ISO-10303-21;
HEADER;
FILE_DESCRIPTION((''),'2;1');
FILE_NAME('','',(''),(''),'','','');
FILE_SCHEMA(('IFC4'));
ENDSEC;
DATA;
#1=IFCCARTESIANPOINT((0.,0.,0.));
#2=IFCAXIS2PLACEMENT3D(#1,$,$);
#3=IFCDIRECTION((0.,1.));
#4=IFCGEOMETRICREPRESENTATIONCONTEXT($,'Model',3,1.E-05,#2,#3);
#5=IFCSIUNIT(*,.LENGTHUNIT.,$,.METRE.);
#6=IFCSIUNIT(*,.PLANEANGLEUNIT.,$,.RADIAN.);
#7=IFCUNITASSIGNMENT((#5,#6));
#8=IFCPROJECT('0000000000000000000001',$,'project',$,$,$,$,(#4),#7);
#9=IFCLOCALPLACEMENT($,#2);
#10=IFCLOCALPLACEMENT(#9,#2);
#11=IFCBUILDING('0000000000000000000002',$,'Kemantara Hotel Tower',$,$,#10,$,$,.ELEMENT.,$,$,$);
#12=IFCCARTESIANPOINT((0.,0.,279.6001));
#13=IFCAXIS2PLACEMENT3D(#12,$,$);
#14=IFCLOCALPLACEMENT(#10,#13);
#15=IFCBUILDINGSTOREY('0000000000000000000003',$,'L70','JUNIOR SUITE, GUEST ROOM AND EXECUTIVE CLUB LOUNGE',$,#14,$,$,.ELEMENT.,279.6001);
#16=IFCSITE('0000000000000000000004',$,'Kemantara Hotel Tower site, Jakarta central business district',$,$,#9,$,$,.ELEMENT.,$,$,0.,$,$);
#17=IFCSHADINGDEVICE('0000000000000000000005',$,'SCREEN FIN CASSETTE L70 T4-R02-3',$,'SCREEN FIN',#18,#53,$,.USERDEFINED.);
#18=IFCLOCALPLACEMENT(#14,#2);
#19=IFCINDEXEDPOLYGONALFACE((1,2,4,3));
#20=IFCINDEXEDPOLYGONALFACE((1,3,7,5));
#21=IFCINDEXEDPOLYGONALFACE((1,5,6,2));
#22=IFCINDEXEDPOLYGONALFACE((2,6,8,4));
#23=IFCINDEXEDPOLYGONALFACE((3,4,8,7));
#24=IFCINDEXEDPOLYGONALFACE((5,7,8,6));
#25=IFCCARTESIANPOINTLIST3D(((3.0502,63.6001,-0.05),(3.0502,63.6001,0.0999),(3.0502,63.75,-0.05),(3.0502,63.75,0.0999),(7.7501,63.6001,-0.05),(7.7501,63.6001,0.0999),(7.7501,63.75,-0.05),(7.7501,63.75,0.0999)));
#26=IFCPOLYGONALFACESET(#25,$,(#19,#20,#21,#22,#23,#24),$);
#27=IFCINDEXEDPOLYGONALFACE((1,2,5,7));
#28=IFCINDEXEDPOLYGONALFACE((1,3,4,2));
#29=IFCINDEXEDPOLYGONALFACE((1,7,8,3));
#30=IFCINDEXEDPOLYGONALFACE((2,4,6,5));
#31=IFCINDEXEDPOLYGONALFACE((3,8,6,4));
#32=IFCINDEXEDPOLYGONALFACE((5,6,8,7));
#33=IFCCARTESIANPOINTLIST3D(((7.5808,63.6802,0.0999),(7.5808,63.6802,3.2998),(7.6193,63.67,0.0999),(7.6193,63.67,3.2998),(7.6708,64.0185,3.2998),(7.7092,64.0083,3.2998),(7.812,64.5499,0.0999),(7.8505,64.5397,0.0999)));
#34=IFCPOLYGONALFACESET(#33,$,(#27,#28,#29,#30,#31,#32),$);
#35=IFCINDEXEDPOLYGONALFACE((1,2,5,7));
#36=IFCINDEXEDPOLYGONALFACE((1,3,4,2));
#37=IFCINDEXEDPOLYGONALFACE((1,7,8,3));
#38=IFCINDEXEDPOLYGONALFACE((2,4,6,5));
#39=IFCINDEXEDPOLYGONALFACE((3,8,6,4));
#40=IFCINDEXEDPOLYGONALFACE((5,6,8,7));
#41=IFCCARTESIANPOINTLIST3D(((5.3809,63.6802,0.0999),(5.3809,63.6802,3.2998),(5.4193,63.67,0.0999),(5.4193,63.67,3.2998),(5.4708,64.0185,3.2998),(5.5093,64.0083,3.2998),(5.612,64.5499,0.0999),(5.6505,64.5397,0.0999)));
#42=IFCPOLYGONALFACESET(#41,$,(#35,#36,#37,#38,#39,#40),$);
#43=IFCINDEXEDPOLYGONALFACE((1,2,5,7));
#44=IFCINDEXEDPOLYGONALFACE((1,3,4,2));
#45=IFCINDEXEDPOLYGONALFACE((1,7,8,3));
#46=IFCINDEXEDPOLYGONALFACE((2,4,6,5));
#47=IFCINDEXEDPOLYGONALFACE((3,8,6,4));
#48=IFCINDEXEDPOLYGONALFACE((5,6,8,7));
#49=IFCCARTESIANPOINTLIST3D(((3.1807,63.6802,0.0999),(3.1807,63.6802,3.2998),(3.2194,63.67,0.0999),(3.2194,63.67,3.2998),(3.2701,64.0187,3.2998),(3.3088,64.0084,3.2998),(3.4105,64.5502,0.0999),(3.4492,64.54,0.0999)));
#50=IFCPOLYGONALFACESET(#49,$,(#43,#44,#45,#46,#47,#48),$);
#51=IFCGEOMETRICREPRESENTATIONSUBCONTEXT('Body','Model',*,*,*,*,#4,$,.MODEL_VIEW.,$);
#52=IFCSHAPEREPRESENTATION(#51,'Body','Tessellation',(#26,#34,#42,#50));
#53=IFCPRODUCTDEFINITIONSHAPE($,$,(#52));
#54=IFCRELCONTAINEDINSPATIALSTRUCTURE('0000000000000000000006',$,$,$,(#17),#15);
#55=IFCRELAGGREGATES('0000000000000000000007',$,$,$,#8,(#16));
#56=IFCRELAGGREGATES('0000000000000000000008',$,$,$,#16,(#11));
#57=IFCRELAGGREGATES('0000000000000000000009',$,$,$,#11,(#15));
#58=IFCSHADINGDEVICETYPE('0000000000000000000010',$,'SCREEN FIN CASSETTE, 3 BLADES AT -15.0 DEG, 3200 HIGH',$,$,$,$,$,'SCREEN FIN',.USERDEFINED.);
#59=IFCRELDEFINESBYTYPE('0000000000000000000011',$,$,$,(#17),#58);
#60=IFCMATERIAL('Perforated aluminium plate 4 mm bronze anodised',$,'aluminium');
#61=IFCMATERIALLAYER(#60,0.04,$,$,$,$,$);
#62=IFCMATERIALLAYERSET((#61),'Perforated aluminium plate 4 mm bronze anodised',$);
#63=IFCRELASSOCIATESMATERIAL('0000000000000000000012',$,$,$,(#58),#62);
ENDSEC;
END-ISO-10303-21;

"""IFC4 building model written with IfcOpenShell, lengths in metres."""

from ifc_helpers import new_model, si_unit, direction, frame, origin, origin_2d, place, context, subcontext, project, spatial, polyline, rectangle, outline, extrude, source, transform, mapped, material, layer, layer_set, type_object, element, save


model = new_model("IFC4")

# Units and contexts
model_context = context("Model", 3, precision=1e-05, world=origin(), true_north=direction((0.0, 1.0)))
body_context = subcontext(model_context, "Body", "Model", "MODEL_VIEW")
ifc_project = project(units=[si_unit("LENGTHUNIT", "METRE"), si_unit("PLANEANGLEUNIT", "RADIAN")], contexts=[model_context])

# Site, building, storey
site_placement = place(None, origin())
site = spatial("IfcSite", under=ifc_project, at=site_placement, Name="Kemantara Hotel Tower site, Jakarta central business district", CompositionType="ELEMENT", RefElevation=0.0)
building_placement = place(site_placement, origin())
building = spatial("IfcBuilding", under=site, at=building_placement, Name="Kemantara Hotel Tower", CompositionType="ELEMENT")
storey_placement = place(building_placement, frame((0.0, 0.0, 279.6001)))
storey = spatial("IfcBuildingStorey", under=building, at=storey_placement, Name="L70", Description="JUNIOR SUITE, GUEST ROOM AND EXECUTIVE CLUB LOUNGE", CompositionType="ELEMENT", Elevation=279.6001)

# Shading device
ifc_material_1 = material(Name="Perforated aluminium plate 4 mm bronze anodised", Category="aluminium")
ifc_layer_1 = layer(ifc_material_1, 0.04)
ifc_layer_set_1 = layer_set([ifc_layer_1], Name="Perforated aluminium plate 4 mm bronze anodised")
shading_device_type = type_object("IfcShadingDeviceType", Name="SCREEN FIN CASSETTE, 3 BLADES AT -15.0 DEG, 3200 HIGH", ElementType="SCREEN FIN", PredefinedType="USERDEFINED", material=ifc_layer_set_1)
shared_shape_1 = source(origin(), body_context, "Body", "SweptSolid", [
    extrude(rectangle(XDim=4.7, YDim=0.1499, at=origin_2d()), frame((2.2, -0.075, -0.1499), z_axis=(0.0, 0.0, 1.0), x_axis=(1.0, 0.0, 0.0)), (0.0, 0.0, 1.0), 0.1499),
    extrude(outline(polyline([(0.0, 0.0), (0.8999, 0.0), (0.3501, 3.2), (0.0, 3.2), (0.0, 0.0)])), frame((0.0193, -0.0801, 0.0), z_axis=(-0.966438, 0.256901, 0.0), x_axis=(-0.256901, -0.966438, 0.0)), (0.0, 0.0, 1.0), 0.0398),
    extrude(outline(polyline([(0.0, 0.0), (0.8999, 0.0), (0.3501, 3.2), (0.0, 3.2), (0.0, 0.0)])), frame((2.2192, -0.0801, 0.0), z_axis=(-0.966438, 0.256901, 0.0), x_axis=(-0.256901, -0.966438, 0.0)), (0.0, 0.0, 1.0), 0.0398),
    extrude(outline(polyline([(0.0, 0.0), (0.8999, 0.0), (0.3501, 3.2), (0.0, 3.2), (0.0, 0.0)])), frame((4.4194, -0.0801, 0.0), z_axis=(-0.966838, 0.255391, 0.0), x_axis=(-0.255391, -0.966838, 0.0)), (0.0, 0.0, 1.0), 0.04),
])
shading_device_placement = place(storey_placement, frame((7.6001, 63.6001, 0.0999), z_axis=(0.0, 0.0, 1.0), x_axis=(-1.0, 0.0, 0.0)))
element("IfcShadingDevice", 1, at=shading_device_placement, inside=storey, type_object=shading_device_type, Name="SCREEN FIN CASSETTE L70 T4-R02-3", ObjectType="SCREEN FIN", PredefinedType="USERDEFINED", context=body_context, shape_type="MappedRepresentation", body=[
    mapped(shared_shape_1, transform((0.0, 0.0, 0.0))),
])

save(model, "model.ifc")
